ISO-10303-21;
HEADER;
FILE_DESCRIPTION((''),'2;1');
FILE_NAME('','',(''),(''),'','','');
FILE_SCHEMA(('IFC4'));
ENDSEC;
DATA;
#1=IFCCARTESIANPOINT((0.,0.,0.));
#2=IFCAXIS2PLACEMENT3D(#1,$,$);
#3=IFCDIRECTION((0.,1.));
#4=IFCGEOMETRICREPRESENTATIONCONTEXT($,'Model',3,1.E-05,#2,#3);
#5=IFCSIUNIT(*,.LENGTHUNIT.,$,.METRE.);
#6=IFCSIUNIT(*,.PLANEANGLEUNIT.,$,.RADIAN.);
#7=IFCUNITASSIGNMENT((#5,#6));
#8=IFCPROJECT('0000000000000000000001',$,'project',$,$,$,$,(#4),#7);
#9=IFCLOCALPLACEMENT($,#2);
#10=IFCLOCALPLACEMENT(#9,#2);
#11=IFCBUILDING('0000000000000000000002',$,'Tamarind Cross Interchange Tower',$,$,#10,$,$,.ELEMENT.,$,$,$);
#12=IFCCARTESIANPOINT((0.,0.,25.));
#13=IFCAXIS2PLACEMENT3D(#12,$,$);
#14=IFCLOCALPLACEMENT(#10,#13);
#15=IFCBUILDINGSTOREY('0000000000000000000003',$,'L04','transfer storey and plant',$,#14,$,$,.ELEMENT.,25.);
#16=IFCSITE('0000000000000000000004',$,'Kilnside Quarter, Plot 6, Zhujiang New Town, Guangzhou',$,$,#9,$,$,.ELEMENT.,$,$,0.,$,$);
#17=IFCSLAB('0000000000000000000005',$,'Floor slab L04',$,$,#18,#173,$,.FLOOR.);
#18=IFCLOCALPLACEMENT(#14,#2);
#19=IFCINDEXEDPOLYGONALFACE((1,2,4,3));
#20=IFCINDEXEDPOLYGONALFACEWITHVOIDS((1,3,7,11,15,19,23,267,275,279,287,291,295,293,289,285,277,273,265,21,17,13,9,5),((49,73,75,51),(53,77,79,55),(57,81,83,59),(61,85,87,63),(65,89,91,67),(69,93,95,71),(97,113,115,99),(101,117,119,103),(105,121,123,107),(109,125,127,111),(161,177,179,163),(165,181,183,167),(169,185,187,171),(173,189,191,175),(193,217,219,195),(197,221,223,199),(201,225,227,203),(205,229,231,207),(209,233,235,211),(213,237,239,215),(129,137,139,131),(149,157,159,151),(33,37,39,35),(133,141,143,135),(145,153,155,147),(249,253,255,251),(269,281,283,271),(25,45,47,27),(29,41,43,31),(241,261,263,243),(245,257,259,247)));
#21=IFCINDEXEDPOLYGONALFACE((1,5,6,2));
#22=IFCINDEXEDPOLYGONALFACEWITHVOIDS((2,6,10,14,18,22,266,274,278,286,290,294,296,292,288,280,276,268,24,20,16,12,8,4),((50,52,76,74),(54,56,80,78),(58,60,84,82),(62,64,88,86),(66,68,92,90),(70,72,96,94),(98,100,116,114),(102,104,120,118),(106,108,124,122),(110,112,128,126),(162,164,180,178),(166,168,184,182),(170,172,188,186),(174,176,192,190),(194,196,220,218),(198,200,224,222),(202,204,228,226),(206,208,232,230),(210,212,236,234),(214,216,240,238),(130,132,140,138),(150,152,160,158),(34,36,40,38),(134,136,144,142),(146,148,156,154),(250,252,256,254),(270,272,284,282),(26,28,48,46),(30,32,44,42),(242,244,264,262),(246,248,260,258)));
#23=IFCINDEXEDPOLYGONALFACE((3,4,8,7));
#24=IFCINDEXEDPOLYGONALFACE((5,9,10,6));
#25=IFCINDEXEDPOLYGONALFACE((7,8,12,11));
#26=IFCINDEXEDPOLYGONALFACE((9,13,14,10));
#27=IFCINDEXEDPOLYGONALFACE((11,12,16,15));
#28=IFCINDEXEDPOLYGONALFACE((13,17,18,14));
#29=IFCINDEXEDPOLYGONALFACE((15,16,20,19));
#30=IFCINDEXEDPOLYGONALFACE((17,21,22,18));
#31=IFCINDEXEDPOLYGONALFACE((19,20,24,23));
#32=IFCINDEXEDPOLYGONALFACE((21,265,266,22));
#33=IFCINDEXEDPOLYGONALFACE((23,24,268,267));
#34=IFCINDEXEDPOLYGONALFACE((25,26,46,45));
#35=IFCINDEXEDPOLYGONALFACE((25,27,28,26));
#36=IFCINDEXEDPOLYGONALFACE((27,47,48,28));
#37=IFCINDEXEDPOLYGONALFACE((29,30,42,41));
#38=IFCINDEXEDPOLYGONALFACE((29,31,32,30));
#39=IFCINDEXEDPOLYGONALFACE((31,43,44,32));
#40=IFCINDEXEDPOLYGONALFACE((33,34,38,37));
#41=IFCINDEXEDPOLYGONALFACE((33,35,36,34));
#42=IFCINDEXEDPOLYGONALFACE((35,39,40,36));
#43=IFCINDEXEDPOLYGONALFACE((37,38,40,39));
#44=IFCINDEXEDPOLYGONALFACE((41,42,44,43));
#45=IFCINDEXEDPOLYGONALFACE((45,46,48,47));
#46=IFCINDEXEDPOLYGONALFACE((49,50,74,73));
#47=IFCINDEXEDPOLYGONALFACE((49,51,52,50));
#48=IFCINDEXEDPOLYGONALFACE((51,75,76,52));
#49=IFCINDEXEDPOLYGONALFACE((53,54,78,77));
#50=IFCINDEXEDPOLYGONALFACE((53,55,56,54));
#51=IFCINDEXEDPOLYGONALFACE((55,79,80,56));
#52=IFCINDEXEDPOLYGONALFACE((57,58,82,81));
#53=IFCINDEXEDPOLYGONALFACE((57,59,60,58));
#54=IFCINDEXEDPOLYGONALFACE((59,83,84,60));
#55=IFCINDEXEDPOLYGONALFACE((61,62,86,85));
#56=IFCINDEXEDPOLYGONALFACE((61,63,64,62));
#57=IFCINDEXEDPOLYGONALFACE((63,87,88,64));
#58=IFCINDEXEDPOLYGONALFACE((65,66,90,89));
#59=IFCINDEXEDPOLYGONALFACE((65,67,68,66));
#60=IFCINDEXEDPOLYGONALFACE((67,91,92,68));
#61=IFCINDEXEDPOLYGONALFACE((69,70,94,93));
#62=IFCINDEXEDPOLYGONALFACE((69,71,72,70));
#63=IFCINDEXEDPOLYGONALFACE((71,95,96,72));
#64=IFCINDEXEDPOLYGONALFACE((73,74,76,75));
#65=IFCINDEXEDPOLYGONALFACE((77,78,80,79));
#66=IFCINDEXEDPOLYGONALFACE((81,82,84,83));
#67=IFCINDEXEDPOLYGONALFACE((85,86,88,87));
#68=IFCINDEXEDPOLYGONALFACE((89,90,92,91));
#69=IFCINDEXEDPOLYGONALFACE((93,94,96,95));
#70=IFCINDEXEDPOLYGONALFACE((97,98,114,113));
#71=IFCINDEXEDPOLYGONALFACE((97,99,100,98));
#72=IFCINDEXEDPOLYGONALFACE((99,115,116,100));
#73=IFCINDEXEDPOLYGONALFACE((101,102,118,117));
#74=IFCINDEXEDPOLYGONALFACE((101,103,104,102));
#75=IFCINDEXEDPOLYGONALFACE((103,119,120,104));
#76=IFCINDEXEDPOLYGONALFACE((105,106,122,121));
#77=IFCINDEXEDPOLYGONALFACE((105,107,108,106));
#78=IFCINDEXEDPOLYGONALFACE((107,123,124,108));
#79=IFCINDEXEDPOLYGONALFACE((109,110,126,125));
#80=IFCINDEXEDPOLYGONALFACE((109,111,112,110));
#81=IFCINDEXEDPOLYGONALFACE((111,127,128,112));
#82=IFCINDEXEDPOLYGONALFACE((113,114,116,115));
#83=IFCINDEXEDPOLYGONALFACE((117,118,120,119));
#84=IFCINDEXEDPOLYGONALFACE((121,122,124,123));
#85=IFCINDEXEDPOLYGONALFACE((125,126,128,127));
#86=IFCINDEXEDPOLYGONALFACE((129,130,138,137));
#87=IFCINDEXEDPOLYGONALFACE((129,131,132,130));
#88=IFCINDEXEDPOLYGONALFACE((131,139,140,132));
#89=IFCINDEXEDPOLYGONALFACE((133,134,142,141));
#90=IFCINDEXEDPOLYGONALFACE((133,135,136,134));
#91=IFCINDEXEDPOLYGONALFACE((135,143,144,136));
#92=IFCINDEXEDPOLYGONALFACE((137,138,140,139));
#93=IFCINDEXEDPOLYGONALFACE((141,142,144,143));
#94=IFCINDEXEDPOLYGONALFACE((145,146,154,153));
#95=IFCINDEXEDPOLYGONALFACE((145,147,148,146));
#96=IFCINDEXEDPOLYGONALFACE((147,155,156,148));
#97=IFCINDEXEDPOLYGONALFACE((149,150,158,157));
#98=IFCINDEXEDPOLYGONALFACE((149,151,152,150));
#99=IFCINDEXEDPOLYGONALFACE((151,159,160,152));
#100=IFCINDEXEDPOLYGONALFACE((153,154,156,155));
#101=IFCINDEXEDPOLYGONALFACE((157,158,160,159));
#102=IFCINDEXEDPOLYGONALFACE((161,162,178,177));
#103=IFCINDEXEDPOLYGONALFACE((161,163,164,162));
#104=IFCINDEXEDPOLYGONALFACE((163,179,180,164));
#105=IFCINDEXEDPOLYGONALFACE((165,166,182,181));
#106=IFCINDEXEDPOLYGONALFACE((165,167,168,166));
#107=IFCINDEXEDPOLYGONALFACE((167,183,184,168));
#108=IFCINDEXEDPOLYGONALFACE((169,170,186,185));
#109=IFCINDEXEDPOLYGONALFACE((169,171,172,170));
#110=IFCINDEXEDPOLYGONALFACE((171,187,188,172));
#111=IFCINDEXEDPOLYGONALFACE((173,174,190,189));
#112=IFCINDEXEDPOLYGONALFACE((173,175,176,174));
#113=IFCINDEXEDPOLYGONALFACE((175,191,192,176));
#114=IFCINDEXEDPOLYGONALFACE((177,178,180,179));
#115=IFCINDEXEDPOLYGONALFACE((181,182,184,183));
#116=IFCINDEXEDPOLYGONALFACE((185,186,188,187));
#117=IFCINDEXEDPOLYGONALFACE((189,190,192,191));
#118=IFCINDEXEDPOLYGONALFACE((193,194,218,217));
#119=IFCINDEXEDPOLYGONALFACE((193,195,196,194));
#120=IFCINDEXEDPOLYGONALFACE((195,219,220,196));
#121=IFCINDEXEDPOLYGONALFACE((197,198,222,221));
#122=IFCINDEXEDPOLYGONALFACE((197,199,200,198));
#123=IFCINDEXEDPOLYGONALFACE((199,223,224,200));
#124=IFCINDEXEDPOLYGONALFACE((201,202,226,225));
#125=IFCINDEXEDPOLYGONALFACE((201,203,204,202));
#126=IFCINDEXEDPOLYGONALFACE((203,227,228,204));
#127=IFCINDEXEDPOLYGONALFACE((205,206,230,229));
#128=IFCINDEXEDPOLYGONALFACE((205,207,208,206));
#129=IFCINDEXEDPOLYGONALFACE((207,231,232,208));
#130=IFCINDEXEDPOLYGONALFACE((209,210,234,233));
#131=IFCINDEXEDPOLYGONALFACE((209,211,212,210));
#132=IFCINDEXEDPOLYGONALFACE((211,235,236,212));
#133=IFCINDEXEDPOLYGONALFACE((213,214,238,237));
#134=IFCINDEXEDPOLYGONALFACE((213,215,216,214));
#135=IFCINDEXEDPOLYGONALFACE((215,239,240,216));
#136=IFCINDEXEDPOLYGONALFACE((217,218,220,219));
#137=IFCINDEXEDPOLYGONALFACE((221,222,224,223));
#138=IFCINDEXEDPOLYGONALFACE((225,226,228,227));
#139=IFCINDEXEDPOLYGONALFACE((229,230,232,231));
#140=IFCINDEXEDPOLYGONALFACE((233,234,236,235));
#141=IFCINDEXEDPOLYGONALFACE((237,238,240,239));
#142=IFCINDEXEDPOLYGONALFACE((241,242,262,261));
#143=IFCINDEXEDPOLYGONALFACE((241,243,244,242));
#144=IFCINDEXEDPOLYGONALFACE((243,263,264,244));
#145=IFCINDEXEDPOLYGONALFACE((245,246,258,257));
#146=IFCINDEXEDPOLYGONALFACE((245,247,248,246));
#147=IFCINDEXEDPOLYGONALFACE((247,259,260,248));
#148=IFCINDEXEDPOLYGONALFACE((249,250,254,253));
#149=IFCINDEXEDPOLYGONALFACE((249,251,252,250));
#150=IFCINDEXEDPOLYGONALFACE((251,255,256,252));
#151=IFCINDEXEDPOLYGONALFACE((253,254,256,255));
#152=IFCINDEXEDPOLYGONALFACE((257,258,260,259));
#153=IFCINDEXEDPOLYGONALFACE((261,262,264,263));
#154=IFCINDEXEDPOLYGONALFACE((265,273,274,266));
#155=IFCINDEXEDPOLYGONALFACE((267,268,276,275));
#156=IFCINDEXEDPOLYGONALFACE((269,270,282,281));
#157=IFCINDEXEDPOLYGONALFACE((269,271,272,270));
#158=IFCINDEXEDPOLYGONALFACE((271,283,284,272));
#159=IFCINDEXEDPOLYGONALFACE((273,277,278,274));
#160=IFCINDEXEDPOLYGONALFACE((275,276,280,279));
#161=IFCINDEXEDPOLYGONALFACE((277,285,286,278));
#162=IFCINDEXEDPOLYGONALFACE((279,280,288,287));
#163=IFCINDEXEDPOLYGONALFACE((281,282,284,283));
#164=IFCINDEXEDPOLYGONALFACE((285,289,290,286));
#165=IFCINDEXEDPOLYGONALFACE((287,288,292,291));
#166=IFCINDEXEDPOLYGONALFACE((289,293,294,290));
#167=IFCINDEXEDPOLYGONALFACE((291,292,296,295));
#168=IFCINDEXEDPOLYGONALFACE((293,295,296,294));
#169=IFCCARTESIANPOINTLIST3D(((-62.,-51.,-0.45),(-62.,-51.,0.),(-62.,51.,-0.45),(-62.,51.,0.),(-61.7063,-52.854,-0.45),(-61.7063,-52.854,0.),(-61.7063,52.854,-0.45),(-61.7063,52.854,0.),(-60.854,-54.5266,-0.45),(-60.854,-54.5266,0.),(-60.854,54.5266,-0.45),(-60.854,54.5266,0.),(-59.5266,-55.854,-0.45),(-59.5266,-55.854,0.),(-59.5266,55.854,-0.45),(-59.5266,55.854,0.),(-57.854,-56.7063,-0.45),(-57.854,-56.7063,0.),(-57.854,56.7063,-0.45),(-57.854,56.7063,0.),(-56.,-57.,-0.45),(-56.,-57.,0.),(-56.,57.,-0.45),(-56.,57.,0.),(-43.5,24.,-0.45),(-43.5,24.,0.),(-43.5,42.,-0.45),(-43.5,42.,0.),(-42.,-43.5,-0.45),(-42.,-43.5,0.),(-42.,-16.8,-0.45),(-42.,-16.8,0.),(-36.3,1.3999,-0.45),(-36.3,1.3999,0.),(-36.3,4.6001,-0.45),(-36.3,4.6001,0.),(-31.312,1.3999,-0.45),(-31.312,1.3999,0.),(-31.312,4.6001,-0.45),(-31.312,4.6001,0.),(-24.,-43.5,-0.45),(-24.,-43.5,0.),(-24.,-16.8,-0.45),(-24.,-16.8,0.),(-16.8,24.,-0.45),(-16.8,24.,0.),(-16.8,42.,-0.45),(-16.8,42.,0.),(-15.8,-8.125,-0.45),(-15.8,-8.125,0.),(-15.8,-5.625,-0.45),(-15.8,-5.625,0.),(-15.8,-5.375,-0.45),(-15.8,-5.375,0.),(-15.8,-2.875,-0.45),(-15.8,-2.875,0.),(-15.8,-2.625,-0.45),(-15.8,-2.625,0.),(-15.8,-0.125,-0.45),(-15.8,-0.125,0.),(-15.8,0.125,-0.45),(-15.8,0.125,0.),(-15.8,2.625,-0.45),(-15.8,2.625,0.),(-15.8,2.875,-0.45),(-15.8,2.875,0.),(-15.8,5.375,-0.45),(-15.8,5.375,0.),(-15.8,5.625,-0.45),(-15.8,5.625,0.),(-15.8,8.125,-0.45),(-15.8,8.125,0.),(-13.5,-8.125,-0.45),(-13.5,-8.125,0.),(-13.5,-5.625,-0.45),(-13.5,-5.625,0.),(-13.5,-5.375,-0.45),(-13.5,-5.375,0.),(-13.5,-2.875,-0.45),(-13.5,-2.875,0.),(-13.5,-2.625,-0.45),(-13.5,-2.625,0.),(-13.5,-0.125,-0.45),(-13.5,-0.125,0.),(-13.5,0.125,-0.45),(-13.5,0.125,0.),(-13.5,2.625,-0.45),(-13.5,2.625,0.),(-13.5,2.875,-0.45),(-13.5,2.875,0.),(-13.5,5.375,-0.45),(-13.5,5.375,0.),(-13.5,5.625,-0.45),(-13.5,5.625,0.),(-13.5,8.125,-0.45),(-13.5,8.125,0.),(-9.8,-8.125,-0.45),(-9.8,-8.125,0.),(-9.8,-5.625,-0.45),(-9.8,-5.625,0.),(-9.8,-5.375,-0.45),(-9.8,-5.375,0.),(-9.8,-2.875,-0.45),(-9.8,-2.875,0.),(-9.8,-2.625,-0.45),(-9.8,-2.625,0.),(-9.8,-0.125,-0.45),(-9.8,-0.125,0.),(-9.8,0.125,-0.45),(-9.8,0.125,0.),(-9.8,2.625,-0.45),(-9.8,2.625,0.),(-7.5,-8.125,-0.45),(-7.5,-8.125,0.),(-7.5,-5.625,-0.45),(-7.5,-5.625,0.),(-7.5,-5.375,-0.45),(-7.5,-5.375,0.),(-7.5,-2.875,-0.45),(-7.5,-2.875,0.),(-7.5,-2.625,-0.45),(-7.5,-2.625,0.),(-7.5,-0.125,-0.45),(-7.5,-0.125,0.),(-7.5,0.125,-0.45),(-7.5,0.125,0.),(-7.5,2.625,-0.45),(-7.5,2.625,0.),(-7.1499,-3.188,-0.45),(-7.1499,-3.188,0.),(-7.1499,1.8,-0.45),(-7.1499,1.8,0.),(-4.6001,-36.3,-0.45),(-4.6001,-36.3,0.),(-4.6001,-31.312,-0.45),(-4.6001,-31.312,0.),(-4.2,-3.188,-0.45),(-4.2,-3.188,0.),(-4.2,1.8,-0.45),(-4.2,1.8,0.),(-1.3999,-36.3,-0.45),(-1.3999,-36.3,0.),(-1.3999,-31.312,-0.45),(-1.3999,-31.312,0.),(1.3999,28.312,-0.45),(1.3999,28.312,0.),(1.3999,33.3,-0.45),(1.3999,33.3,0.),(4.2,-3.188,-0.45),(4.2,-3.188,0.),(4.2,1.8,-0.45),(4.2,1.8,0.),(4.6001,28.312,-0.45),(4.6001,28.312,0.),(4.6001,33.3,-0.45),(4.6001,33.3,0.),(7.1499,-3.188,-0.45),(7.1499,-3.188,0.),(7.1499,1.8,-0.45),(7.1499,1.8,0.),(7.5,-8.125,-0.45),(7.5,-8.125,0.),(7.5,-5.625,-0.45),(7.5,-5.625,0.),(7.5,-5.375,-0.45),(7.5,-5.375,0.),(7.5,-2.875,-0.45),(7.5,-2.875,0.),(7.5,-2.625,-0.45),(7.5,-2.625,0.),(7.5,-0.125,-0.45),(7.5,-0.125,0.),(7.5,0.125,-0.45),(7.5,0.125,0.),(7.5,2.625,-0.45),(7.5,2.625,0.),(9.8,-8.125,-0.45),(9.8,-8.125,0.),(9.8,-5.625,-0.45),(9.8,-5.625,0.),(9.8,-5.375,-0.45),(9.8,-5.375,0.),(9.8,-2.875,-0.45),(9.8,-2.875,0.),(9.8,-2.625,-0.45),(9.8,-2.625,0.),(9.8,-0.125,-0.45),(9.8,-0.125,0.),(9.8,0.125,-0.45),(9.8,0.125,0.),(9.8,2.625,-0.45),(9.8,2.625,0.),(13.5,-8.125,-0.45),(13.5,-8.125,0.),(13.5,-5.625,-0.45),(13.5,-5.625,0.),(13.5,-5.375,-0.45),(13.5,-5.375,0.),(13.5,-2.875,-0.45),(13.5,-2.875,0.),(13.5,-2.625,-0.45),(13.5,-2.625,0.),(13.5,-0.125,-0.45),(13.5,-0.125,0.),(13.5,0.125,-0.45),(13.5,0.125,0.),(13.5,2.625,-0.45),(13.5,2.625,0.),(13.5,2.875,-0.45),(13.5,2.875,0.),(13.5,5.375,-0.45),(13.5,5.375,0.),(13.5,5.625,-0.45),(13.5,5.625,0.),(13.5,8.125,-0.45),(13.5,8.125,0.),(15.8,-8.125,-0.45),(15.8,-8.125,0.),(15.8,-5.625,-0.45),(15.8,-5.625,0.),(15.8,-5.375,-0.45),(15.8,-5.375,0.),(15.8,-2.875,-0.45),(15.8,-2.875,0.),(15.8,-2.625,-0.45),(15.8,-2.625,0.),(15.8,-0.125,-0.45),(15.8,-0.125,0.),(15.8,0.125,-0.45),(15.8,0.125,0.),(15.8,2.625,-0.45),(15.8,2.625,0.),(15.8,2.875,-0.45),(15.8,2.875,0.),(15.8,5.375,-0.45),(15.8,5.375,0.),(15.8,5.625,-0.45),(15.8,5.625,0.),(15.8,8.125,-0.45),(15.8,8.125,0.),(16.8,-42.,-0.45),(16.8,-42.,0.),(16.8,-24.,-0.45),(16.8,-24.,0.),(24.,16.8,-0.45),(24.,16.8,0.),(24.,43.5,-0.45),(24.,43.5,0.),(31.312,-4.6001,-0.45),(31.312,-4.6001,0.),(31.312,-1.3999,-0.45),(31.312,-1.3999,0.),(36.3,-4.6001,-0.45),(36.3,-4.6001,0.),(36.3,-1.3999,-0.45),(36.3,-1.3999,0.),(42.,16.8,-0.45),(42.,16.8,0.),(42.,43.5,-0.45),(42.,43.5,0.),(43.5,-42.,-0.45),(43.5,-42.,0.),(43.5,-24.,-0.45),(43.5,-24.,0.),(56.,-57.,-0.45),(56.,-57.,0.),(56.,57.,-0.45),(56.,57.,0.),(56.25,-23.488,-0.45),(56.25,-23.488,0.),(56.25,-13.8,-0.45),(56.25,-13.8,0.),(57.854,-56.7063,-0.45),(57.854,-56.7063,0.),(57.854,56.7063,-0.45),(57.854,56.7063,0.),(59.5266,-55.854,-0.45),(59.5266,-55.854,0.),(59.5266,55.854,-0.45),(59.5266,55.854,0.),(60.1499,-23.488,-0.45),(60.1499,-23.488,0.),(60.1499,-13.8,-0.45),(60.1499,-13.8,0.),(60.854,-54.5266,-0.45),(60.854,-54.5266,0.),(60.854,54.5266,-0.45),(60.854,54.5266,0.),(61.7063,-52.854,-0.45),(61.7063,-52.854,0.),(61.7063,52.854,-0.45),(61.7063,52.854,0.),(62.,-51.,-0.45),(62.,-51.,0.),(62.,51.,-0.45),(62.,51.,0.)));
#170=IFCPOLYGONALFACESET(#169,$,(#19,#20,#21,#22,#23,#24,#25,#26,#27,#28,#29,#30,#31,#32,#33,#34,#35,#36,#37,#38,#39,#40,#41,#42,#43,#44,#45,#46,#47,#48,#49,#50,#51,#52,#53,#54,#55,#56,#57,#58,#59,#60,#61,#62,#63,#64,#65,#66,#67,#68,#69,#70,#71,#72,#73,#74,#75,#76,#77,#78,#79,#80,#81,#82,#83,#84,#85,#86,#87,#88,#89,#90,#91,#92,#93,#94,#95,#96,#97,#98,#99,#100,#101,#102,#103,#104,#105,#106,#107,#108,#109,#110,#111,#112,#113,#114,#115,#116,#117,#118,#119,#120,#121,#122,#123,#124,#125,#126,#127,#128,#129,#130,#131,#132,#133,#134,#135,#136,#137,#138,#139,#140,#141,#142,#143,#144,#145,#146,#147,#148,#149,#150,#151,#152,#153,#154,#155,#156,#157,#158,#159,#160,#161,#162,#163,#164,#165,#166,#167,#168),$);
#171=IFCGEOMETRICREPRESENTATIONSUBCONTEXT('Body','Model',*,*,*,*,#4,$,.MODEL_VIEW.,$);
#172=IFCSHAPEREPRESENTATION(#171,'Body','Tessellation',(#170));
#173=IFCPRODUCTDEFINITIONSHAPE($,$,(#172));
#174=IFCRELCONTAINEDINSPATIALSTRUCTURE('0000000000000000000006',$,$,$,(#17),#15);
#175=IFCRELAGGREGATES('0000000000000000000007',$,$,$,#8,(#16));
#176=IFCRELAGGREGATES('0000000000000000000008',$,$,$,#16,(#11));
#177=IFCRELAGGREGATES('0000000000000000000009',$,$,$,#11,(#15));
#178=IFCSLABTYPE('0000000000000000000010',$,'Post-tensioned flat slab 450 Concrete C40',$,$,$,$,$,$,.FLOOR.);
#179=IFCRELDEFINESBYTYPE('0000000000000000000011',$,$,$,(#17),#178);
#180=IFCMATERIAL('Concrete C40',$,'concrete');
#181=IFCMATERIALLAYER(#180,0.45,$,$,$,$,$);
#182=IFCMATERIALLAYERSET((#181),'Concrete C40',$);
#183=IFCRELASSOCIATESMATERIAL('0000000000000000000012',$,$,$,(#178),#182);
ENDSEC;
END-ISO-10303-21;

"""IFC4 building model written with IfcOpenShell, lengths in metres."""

from ifc_helpers import new_model, si_unit, direction, frame, origin, place, context, subcontext, project, spatial, polyline, outline, extrude, material, layer, layer_set, type_object, element, save


model = new_model("IFC4")

# Units and contexts
model_context = context("Model", 3, precision=1e-05, world=origin(), true_north=direction((0.0, 1.0)))
body_context = subcontext(model_context, "Body", "Model", "MODEL_VIEW")
ifc_project = project(units=[si_unit("LENGTHUNIT", "METRE"), si_unit("PLANEANGLEUNIT", "RADIAN")], contexts=[model_context])

# Site, building, storey
site_placement = place(None, origin())
site = spatial("IfcSite", under=ifc_project, at=site_placement, Name="Kilnside Quarter, Plot 6, Zhujiang New Town, Guangzhou", CompositionType="ELEMENT", RefElevation=0.0)
building_placement = place(site_placement, origin())
building = spatial("IfcBuilding", under=site, at=building_placement, Name="Tamarind Cross Interchange Tower", CompositionType="ELEMENT")
storey_placement = place(building_placement, frame((0.0, 0.0, 25.0)))
storey = spatial("IfcBuildingStorey", under=building, at=storey_placement, Name="L04", Description="transfer storey and plant", CompositionType="ELEMENT", Elevation=25.0)

# Slab
ifc_material_1 = material(Name="Concrete C40", Category="concrete")
ifc_layer_1 = layer(ifc_material_1, 0.45)
ifc_layer_set_1 = layer_set([ifc_layer_1], Name="Concrete C40")
slab_type_1 = type_object("IfcSlabType", Name="Post-tensioned flat slab 450 Concrete C40", PredefinedType="FLOOR", material=ifc_layer_set_1)
slab_1_placement = place(storey_placement, frame((0.0, 0.0, -0.45)))
element("IfcSlab", 1, at=slab_1_placement, inside=storey, type_object=slab_type_1, Name="Floor slab L04", PredefinedType="FLOOR", context=body_context, shape_type="SweptSolid", body=[
    extrude(outline(polyline([(-57.854, -56.7063), (-56.0, -57.0), (56.0, -57.0), (57.854, -56.7063), (59.5266, -55.854), (60.854, -54.5266), (61.7063, -52.854), (62.0, -51.0), (62.0, 51.0), (61.7063, 52.854), (60.854, 54.5266), (59.5266, 55.854), (57.854, 56.7063), (56.0, 57.0), (-56.0, 57.0), (-57.854, 56.7063), (-59.5266, 55.854), (-60.854, 54.5266), (-61.7063, 52.854), (-62.0, 51.0), (-62.0, -51.0), (-61.7063, -52.854), (-60.854, -54.5266), (-59.5266, -55.854), (-57.854, -56.7063)]), holes=[polyline([(-4.6001, -31.312), (-1.3999, -31.312), (-1.3999, -36.3), (-4.6001, -36.3), (-4.6001, -31.312)]), polyline([(-42.0, -43.5), (-42.0, -16.8), (-24.0, -16.8), (-24.0, -43.5), (-42.0, -43.5)]), polyline([(-13.5, -8.125), (-15.8, -8.125), (-15.8, -5.625), (-13.5, -5.625), (-13.5, -8.125)]), polyline([(-7.5, -8.125), (-9.8, -8.125), (-9.8, -5.625), (-7.5, -5.625), (-7.5, -8.125)]), polyline([(-13.5, -5.375), (-15.8, -5.375), (-15.8, -2.875), (-13.5, -2.875), (-13.5, -5.375)]), polyline([(-7.5, -5.375), (-9.8, -5.375), (-9.8, -2.875), (-7.5, -2.875), (-7.5, -5.375)]), polyline([(-13.5, -2.625), (-15.8, -2.625), (-15.8, -0.125), (-13.5, -0.125), (-13.5, -2.625)]), polyline([(-7.5, -2.625), (-9.8, -2.625), (-9.8, -0.125), (-7.5, -0.125), (-7.5, -2.625)]), polyline([(-4.2, 1.8), (-4.2, -3.188), (-7.1499, -3.188), (-7.1499, 1.8), (-4.2, 1.8)]), polyline([(-13.5, 0.125), (-15.8, 0.125), (-15.8, 2.625), (-13.5, 2.625), (-13.5, 0.125)]), polyline([(-7.5, 0.125), (-9.8, 0.125), (-9.8, 2.625), (-7.5, 2.625), (-7.5, 0.125)]), polyline([(-31.312, 1.3999), (-36.3, 1.3999), (-36.3, 4.6001), (-31.312, 4.6001), (-31.312, 1.3999)]), polyline([(-13.5, 2.875), (-15.8, 2.875), (-15.8, 5.375), (-13.5, 5.375), (-13.5, 2.875)]), polyline([(-13.5, 5.625), (-15.8, 5.625), (-15.8, 8.125), (-13.5, 8.125), (-13.5, 5.625)]), polyline([(1.3999, 28.312), (1.3999, 33.3), (4.6001, 33.3), (4.6001, 28.312), (1.3999, 28.312)]), polyline([(-43.5, 24.0), (-43.5, 42.0), (-16.8, 42.0), (-16.8, 24.0), (-43.5, 24.0)]), polyline([(16.8, -42.0), (16.8, -24.0), (43.5, -24.0), (43.5, -42.0), (16.8, -42.0)]), polyline([(60.1499, -13.8), (60.1499, -23.488), (56.25, -23.488), (56.25, -13.8), (60.1499, -13.8)]), polyline([(7.5, -5.625), (9.8, -5.625), (9.8, -8.125), (7.5, -8.125), (7.5, -5.625)]), polyline([(13.5, -5.625), (15.8, -5.625), (15.8, -8.125), (13.5, -8.125), (13.5, -5.625)]), polyline([(7.5, -2.875), (9.8, -2.875), (9.8, -5.375), (7.5, -5.375), (7.5, -2.875)]), polyline([(13.5, -2.875), (15.8, -2.875), (15.8, -5.375), (13.5, -5.375), (13.5, -2.875)]), polyline([(31.312, -1.3999), (36.3, -1.3999), (36.3, -4.6001), (31.312, -4.6001), (31.312, -1.3999)]), polyline([(7.5, -0.125), (9.8, -0.125), (9.8, -2.625), (7.5, -2.625), (7.5, -0.125)]), polyline([(13.5, -0.125), (15.8, -0.125), (15.8, -2.625), (13.5, -2.625), (13.5, -0.125)]), polyline([(7.1499, 1.8), (7.1499, -3.188), (4.2, -3.188), (4.2, 1.8), (7.1499, 1.8)]), polyline([(7.5, 2.625), (9.8, 2.625), (9.8, 0.125), (7.5, 0.125), (7.5, 2.625)]), polyline([(13.5, 2.625), (15.8, 2.625), (15.8, 0.125), (13.5, 0.125), (13.5, 2.625)]), polyline([(13.5, 5.375), (15.8, 5.375), (15.8, 2.875), (13.5, 2.875), (13.5, 5.375)]), polyline([(13.5, 8.125), (15.8, 8.125), (15.8, 5.625), (13.5, 5.625), (13.5, 8.125)]), polyline([(24.0, 16.8), (24.0, 43.5), (42.0, 43.5), (42.0, 16.8), (24.0, 16.8)])]), origin(), (0.0, 0.0, 1.0), 0.45),
])

save(model, "model.ifc")
